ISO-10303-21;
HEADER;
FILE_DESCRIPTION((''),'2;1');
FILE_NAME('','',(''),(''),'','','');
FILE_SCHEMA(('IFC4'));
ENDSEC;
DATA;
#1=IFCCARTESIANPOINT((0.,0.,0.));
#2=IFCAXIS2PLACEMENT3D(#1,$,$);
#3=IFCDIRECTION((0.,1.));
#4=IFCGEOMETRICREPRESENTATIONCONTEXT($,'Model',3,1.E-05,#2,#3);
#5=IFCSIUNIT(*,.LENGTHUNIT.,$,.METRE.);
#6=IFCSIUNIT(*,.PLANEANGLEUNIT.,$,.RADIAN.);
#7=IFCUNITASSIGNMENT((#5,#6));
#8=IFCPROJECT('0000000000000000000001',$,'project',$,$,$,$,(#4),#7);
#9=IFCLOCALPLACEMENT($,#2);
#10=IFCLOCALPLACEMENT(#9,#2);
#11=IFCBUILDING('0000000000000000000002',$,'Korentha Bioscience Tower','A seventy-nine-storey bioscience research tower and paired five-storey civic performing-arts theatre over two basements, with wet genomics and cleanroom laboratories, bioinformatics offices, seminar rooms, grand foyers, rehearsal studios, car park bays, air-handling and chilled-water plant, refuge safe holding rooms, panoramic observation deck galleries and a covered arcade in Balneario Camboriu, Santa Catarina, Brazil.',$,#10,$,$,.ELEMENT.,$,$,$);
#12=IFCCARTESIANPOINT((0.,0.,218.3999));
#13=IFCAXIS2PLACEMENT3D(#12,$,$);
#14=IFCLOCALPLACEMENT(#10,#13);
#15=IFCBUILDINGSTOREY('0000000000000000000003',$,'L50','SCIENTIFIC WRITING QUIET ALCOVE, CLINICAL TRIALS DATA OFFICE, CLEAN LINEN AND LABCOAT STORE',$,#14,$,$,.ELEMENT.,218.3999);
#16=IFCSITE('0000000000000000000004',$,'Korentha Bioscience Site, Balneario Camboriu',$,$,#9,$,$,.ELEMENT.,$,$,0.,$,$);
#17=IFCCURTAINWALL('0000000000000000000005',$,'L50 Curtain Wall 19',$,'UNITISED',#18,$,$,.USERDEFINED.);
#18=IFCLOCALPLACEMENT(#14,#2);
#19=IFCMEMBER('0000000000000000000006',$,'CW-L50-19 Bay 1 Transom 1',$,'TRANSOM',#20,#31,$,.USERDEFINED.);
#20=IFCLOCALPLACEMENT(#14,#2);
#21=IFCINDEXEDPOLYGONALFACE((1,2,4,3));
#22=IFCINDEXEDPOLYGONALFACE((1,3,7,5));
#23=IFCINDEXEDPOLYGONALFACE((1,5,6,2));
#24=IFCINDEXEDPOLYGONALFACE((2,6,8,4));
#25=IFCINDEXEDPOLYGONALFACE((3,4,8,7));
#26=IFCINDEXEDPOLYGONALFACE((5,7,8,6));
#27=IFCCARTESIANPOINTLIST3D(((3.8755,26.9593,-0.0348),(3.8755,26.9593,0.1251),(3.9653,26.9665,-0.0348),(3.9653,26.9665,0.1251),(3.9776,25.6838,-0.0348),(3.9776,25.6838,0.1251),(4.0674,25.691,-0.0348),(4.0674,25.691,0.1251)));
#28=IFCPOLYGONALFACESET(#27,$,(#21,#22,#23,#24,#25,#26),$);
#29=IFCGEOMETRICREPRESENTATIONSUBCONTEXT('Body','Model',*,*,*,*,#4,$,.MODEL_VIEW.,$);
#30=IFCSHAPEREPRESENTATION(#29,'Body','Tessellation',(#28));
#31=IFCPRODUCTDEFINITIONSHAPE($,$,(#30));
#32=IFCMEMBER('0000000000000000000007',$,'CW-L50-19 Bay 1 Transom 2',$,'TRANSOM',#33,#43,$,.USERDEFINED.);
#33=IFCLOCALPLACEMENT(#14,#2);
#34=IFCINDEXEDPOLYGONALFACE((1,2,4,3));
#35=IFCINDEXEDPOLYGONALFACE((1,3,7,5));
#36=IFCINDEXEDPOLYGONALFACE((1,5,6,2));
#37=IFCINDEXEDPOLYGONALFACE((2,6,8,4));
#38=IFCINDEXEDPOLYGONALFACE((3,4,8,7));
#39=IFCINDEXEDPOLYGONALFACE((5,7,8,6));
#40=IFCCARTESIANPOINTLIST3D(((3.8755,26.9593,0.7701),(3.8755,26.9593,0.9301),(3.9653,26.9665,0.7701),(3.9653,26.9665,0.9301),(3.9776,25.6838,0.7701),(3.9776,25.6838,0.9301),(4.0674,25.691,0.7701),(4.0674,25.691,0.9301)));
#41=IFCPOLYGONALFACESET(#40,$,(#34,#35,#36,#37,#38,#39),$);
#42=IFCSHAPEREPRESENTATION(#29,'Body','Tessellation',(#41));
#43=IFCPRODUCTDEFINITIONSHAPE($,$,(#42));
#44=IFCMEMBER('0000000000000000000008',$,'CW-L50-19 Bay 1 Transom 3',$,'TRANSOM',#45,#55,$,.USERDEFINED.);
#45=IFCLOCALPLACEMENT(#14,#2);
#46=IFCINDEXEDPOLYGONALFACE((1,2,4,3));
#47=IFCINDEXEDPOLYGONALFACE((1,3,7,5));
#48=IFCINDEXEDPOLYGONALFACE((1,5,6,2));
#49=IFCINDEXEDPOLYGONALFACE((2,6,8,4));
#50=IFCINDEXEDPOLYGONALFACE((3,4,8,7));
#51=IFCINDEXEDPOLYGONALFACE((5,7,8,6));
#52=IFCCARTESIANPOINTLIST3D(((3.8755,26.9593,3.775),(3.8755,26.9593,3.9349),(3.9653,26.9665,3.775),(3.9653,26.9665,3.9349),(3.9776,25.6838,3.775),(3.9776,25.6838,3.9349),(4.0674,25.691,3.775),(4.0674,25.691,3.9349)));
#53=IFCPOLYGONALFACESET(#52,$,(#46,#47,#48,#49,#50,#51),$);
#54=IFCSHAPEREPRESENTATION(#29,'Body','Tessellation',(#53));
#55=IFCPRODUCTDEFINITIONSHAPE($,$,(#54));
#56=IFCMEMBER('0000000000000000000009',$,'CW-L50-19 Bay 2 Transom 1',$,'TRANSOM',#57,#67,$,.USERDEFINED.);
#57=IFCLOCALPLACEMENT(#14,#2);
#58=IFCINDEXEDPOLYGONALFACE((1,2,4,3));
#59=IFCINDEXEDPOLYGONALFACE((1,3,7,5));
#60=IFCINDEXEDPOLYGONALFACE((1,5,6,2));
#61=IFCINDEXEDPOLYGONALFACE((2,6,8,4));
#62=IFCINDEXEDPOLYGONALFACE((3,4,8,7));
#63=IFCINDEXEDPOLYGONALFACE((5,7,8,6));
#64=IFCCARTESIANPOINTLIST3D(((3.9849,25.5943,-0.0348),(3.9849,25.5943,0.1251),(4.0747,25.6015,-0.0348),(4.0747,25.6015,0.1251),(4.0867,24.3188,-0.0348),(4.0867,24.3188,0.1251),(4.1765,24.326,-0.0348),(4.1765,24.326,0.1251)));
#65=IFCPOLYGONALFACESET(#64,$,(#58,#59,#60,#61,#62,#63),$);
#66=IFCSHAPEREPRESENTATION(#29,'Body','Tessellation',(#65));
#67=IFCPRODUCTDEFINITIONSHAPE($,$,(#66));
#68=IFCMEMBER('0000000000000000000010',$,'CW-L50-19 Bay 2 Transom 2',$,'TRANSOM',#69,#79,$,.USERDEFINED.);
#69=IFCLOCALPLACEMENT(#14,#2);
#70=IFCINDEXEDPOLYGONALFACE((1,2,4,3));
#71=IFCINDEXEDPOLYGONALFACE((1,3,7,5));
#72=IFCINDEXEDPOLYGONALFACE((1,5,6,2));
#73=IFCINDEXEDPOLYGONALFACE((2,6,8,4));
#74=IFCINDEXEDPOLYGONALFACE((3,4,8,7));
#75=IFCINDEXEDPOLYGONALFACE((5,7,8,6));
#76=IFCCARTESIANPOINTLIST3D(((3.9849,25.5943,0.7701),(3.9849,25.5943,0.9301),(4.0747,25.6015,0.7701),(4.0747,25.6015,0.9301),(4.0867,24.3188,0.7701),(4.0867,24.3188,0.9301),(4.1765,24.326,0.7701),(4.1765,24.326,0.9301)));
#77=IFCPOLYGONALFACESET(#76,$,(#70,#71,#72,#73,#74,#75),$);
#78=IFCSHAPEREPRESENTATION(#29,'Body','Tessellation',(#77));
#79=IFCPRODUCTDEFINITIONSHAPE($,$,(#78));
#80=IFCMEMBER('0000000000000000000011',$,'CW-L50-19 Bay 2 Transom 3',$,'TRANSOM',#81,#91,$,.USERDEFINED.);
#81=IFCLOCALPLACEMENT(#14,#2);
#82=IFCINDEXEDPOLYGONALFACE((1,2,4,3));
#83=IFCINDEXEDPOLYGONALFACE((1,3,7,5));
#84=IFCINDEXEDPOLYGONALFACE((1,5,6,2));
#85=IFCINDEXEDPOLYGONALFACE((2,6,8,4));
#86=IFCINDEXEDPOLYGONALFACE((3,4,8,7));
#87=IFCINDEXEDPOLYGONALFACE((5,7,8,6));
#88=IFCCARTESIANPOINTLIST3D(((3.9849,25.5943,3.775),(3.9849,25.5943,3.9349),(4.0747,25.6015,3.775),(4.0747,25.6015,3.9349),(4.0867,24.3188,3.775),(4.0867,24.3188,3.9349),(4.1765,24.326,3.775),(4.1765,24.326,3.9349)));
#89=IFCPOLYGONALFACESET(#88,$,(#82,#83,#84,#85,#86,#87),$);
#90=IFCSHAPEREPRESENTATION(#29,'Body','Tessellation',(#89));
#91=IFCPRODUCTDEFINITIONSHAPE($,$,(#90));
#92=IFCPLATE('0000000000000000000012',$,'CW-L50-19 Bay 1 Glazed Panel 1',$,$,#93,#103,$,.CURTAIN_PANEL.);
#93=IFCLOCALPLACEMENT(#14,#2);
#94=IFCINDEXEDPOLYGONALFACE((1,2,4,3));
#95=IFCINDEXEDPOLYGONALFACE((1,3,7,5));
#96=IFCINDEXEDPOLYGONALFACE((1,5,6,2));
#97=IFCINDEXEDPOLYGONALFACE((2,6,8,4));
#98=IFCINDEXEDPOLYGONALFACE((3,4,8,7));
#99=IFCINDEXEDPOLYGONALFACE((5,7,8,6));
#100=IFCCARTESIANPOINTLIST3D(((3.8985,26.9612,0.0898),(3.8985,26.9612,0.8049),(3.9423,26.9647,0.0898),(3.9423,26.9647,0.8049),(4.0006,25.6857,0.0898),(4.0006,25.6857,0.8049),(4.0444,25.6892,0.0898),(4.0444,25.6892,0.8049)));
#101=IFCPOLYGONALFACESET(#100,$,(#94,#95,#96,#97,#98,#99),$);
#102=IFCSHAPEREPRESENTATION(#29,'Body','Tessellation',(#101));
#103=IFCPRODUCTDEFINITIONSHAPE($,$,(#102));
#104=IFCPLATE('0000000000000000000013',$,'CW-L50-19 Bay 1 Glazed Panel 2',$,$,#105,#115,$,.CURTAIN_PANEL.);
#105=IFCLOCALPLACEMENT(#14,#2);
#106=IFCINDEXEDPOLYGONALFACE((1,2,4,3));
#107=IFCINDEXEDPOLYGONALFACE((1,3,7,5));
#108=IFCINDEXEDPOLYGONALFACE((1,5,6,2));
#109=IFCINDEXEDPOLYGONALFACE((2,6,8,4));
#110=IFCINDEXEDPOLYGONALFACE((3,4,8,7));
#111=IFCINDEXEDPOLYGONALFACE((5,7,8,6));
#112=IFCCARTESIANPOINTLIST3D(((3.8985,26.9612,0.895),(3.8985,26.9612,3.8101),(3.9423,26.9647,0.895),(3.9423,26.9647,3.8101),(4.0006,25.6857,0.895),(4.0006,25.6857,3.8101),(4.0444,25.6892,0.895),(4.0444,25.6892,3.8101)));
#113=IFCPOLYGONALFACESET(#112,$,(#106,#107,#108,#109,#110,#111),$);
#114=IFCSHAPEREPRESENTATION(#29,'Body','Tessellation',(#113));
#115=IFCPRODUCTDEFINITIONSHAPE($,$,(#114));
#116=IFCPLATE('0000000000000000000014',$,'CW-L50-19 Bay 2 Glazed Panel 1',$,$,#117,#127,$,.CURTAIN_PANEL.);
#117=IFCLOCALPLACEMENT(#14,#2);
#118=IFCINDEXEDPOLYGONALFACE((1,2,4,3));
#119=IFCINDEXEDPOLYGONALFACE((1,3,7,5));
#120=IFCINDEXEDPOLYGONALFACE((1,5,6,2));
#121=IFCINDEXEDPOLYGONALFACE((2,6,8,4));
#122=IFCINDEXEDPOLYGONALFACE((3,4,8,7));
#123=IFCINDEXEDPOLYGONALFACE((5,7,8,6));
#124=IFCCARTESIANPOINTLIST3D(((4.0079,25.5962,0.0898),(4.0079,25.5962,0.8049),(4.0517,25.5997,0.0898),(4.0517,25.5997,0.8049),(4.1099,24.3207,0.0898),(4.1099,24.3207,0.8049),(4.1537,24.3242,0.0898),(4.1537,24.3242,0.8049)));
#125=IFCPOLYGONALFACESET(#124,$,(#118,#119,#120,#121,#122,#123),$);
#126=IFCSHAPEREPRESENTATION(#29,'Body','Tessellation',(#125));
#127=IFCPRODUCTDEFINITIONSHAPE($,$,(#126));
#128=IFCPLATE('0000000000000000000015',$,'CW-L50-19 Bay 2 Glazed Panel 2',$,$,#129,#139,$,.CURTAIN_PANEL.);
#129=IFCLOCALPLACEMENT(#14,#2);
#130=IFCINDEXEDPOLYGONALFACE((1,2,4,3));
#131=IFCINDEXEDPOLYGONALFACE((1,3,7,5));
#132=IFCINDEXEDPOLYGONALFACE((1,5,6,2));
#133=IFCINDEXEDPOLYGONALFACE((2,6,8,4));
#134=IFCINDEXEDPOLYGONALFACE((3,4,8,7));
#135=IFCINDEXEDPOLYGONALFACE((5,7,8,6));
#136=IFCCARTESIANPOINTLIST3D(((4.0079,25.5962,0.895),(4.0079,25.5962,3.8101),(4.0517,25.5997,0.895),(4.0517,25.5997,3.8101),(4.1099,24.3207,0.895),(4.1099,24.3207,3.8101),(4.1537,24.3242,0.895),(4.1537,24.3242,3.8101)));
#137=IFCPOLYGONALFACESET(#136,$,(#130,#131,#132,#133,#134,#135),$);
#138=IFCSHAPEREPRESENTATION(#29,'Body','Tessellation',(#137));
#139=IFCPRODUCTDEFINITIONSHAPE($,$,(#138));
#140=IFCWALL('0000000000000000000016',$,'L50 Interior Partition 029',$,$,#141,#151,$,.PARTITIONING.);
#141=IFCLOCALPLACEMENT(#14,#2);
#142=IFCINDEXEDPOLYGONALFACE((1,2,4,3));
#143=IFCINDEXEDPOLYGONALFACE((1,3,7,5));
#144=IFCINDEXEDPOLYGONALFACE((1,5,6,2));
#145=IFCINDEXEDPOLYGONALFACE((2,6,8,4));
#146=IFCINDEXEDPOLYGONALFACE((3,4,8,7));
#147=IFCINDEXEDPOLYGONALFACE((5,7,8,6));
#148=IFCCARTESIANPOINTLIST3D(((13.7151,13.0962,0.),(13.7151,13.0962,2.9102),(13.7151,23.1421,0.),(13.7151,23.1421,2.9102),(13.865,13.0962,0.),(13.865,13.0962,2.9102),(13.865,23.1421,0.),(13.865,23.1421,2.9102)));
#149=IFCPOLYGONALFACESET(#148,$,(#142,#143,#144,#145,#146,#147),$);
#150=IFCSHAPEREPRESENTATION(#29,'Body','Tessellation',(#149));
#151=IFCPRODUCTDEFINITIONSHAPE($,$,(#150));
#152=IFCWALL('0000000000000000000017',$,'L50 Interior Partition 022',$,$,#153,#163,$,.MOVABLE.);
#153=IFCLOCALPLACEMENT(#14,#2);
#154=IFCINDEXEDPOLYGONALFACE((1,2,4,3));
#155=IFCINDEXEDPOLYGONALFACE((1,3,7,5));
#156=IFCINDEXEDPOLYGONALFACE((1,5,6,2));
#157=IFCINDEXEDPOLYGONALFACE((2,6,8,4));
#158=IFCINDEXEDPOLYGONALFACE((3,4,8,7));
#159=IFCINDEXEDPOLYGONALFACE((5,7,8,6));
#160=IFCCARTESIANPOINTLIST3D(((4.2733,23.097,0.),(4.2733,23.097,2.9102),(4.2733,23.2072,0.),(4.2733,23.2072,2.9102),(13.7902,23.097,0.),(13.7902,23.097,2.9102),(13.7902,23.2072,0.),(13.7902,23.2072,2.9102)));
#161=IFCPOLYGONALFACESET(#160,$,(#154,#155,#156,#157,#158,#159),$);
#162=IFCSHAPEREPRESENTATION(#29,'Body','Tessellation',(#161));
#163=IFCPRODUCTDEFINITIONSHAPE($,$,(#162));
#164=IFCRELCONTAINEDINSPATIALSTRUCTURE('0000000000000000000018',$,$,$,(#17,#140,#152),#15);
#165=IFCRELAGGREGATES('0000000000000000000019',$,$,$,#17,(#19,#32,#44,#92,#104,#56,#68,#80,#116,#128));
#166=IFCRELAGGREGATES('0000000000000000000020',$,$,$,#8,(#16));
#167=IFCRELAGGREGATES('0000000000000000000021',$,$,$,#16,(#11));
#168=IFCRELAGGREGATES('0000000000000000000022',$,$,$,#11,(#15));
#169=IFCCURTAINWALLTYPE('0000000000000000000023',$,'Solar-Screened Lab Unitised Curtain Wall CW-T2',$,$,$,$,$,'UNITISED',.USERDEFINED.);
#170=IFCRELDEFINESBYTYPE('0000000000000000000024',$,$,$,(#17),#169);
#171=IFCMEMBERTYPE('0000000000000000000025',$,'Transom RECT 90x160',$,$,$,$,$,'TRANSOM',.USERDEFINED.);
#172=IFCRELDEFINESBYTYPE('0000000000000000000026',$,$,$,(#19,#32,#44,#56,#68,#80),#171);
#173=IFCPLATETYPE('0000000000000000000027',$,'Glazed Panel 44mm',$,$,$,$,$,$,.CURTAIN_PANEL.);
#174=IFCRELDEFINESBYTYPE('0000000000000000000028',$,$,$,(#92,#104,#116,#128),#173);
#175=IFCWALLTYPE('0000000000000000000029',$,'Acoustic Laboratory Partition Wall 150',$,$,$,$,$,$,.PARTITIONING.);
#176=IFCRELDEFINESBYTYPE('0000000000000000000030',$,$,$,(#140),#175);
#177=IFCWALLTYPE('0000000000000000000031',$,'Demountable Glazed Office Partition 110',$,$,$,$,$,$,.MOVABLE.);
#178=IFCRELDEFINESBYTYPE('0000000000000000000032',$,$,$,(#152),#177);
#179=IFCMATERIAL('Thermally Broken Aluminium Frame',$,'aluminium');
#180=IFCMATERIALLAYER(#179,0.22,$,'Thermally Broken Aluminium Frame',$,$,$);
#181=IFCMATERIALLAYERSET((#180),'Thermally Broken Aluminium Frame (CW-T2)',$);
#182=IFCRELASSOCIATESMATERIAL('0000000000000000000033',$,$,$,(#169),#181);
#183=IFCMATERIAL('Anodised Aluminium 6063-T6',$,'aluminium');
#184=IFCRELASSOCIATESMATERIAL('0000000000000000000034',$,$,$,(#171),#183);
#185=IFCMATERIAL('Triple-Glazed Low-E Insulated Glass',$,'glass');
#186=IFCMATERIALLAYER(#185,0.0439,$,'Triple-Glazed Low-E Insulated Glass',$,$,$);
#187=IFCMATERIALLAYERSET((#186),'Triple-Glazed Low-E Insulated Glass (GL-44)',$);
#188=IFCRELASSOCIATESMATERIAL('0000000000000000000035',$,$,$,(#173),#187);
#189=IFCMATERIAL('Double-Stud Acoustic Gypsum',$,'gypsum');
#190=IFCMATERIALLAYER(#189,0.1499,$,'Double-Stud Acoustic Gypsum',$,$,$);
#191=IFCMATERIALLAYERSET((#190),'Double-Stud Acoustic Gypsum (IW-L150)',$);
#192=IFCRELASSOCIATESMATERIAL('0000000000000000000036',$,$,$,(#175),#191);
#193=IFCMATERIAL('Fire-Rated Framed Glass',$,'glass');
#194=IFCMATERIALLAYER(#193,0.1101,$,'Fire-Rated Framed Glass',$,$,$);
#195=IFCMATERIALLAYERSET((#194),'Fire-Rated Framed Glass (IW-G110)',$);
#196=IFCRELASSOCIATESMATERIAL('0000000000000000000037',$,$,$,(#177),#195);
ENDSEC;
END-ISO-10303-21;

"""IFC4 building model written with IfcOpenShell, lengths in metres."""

from ifc_helpers import new_model, si_unit, direction, frame, frame_2d, origin, origin_2d, place, context, subcontext, project, spatial, rectangle, extrude, material, layer, layer_set, material_profile, profile_set, type_object, element, aggregate, save


model = new_model("IFC4")

# Units and contexts
model_context = context("Model", 3, precision=1e-05, world=origin(), true_north=direction((0.0, 1.0)))
body_context = subcontext(model_context, "Body", "Model", "MODEL_VIEW")
ifc_project = project(units=[si_unit("LENGTHUNIT", "METRE"), si_unit("PLANEANGLEUNIT", "RADIAN")], contexts=[model_context])

# Site, building, storey
site_placement = place(None, origin())
site = spatial("IfcSite", under=ifc_project, at=site_placement, Name="Korentha Bioscience Site, Balneario Camboriu", CompositionType="ELEMENT", RefElevation=0.0)
building_placement = place(site_placement, origin())
building = spatial("IfcBuilding", under=site, at=building_placement, Name="Korentha Bioscience Tower", Description="A seventy-nine-storey bioscience research tower and paired five-storey civic performing-arts theatre over two basements, with wet genomics and cleanroom laboratories, bioinformatics offices, seminar rooms, grand foyers, rehearsal studios, car park bays, air-handling and chilled-water plant, refuge safe holding rooms, panoramic observation deck galleries and a covered arcade in Balneario Camboriu, Santa Catarina, Brazil.", CompositionType="ELEMENT")
storey_placement = place(building_placement, frame((0.0, 0.0, 218.3999)))
storey = spatial("IfcBuildingStorey", under=building, at=storey_placement, Name="L50", Description="SCIENTIFIC WRITING QUIET ALCOVE, CLINICAL TRIALS DATA OFFICE, CLEAN LINEN AND LABCOAT STORE", CompositionType="ELEMENT", Elevation=218.3999)

# Curtain wall
ifc_material_1 = material(Name="Thermally Broken Aluminium Frame", Category="aluminium")
ifc_layer_1 = layer(ifc_material_1, 0.22, Name="Thermally Broken Aluminium Frame")
ifc_layer_set_1 = layer_set([ifc_layer_1], Name="Thermally Broken Aluminium Frame (CW-T2)")
curtain_wall_type = type_object("IfcCurtainWallType", Name="Solar-Screened Lab Unitised Curtain Wall CW-T2", ElementType="UNITISED", PredefinedType="USERDEFINED", material=ifc_layer_set_1)
curtain_wall_1_placement = place(storey_placement, origin())
curtain_wall_1 = element("IfcCurtainWall", 1, at=curtain_wall_1_placement, inside=storey, type_object=curtain_wall_type, Name="L50 Curtain Wall 19", ObjectType="UNITISED", PredefinedType="USERDEFINED")
ifc_material_2 = material(Name="Anodised Aluminium 6063-T6", Category="aluminium")

# Members
ifc_material_profile_1 = material_profile(ifc_material_2, rectangle(XDim=0.0901, YDim=0.1599, at=origin_2d()), Name="Anodised Aluminium 6063-T6")
ifc_profile_set_1 = profile_set([ifc_material_profile_1], Name="Anodised Aluminium 6063-T6 (CW-TRN)")
member_type_1 = type_object("IfcMemberType", Name="Transom RECT 90x160", ElementType="TRANSOM", PredefinedType="USERDEFINED", material=ifc_profile_set_1)
member_1_placement = place(storey_placement, frame((3.9204, 26.9629, 0.0452), z_axis=(0.07976, -0.996814, 0.0), x_axis=(0.996814, 0.07976, 0.0)))
member_1 = element("IfcMember", 2, at=member_1_placement, type_object=member_type_1, Name="CW-L50-19 Bay 1 Transom 1", ObjectType="TRANSOM", PredefinedType="USERDEFINED", context=body_context, shape_type="SweptSolid", body=[
    extrude(rectangle(XDim=0.0901, YDim=0.1599, at=origin_2d()), origin(), (0.0, 0.0, 1.0), 1.2795),
])
member_2_placement = place(storey_placement, frame((3.9204, 26.9629, 0.8501), z_axis=(0.07976, -0.996814, 0.0), x_axis=(0.996814, 0.07976, 0.0)))
member_2 = element("IfcMember", 3, at=member_2_placement, type_object=member_type_1, Name="CW-L50-19 Bay 1 Transom 2", ObjectType="TRANSOM", PredefinedType="USERDEFINED", context=body_context, shape_type="SweptSolid", body=[
    extrude(rectangle(XDim=0.0901, YDim=0.1599, at=origin_2d()), origin(), (0.0, 0.0, 1.0), 1.2795),
])
member_3_placement = place(storey_placement, frame((3.9204, 26.9629, 3.855), z_axis=(0.07976, -0.996814, 0.0), x_axis=(0.996814, 0.07976, 0.0)))
member_3 = element("IfcMember", 4, at=member_3_placement, type_object=member_type_1, Name="CW-L50-19 Bay 1 Transom 3", ObjectType="TRANSOM", PredefinedType="USERDEFINED", context=body_context, shape_type="SweptSolid", body=[
    extrude(rectangle(XDim=0.0901, YDim=0.1599, at=origin_2d()), origin(), (0.0, 0.0, 1.0), 1.2795),
])
member_4_placement = place(storey_placement, frame((4.0298, 25.5979, 0.0452), z_axis=(0.079571, -0.996829, 0.0), x_axis=(0.996829, 0.079571, 0.0)))
member_4 = element("IfcMember", 5, at=member_4_placement, type_object=member_type_1, Name="CW-L50-19 Bay 2 Transom 1", ObjectType="TRANSOM", PredefinedType="USERDEFINED", context=body_context, shape_type="SweptSolid", body=[
    extrude(rectangle(XDim=0.0901, YDim=0.1599, at=origin_2d()), origin(), (0.0, 0.0, 1.0), 1.2795),
])
member_5_placement = place(storey_placement, frame((4.0298, 25.5979, 0.8501), z_axis=(0.079571, -0.996829, 0.0), x_axis=(0.996829, 0.079571, 0.0)))
member_5 = element("IfcMember", 6, at=member_5_placement, type_object=member_type_1, Name="CW-L50-19 Bay 2 Transom 2", ObjectType="TRANSOM", PredefinedType="USERDEFINED", context=body_context, shape_type="SweptSolid", body=[
    extrude(rectangle(XDim=0.0901, YDim=0.1599, at=origin_2d()), origin(), (0.0, 0.0, 1.0), 1.2795),
])
member_6_placement = place(storey_placement, frame((4.0298, 25.5979, 3.855), z_axis=(0.079571, -0.996829, 0.0), x_axis=(0.996829, 0.079571, 0.0)))
member_6 = element("IfcMember", 7, at=member_6_placement, type_object=member_type_1, Name="CW-L50-19 Bay 2 Transom 3", ObjectType="TRANSOM", PredefinedType="USERDEFINED", context=body_context, shape_type="SweptSolid", body=[
    extrude(rectangle(XDim=0.0901, YDim=0.1599, at=origin_2d()), origin(), (0.0, 0.0, 1.0), 1.2795),
])

# Plates
ifc_material_3 = material(Name="Triple-Glazed Low-E Insulated Glass", Category="glass")
ifc_layer_2 = layer(ifc_material_3, 0.0439, Name="Triple-Glazed Low-E Insulated Glass")
ifc_layer_set_2 = layer_set([ifc_layer_2], Name="Triple-Glazed Low-E Insulated Glass (GL-44)")
plate_type = type_object("IfcPlateType", Name="Glazed Panel 44mm", PredefinedType="CURTAIN_PANEL", material=ifc_layer_set_2)
plate_1_placement = place(storey_placement, frame((3.9714, 26.3252, 0.0898), z_axis=(0.0, 0.0, 1.0), x_axis=(0.079748, -0.996815, 0.0)))
plate_1 = element("IfcPlate", 8, at=plate_1_placement, type_object=plate_type, Name="CW-L50-19 Bay 1 Glazed Panel 1", PredefinedType="CURTAIN_PANEL", context=body_context, shape_type="SweptSolid", body=[
    extrude(rectangle(XDim=1.2795, YDim=0.0439, at=origin_2d()), origin(), (0.0, 0.0, 1.0), 0.7151),
])
plate_2_placement = place(storey_placement, frame((3.9714, 26.3252, 0.895), z_axis=(0.0, 0.0, 1.0), x_axis=(0.079748, -0.996815, 0.0)))
plate_2 = element("IfcPlate", 9, at=plate_2_placement, type_object=plate_type, Name="CW-L50-19 Bay 1 Glazed Panel 2", PredefinedType="CURTAIN_PANEL", context=body_context, shape_type="SweptSolid", body=[
    extrude(rectangle(XDim=1.2795, YDim=0.0439, at=origin_2d()), origin(), (0.0, 0.0, 1.0), 2.915),
])
plate_3_placement = place(storey_placement, frame((4.0808, 24.9602, 0.0898), z_axis=(0.0, 0.0, 1.0), x_axis=(0.079748, -0.996815, 0.0)))
plate_3 = element("IfcPlate", 10, at=plate_3_placement, type_object=plate_type, Name="CW-L50-19 Bay 2 Glazed Panel 1", PredefinedType="CURTAIN_PANEL", context=body_context, shape_type="SweptSolid", body=[
    extrude(rectangle(XDim=1.2795, YDim=0.0439, at=origin_2d()), origin(), (0.0, 0.0, 1.0), 0.7151),
])
plate_4_placement = place(storey_placement, frame((4.0808, 24.9602, 0.895), z_axis=(0.0, 0.0, 1.0), x_axis=(0.079748, -0.996815, 0.0)))
plate_4 = element("IfcPlate", 11, at=plate_4_placement, type_object=plate_type, Name="CW-L50-19 Bay 2 Glazed Panel 2", PredefinedType="CURTAIN_PANEL", context=body_context, shape_type="SweptSolid", body=[
    extrude(rectangle(XDim=1.2795, YDim=0.0439, at=origin_2d()), origin(), (0.0, 0.0, 1.0), 2.915),
])
aggregate(curtain_wall_1, [member_1, member_2, member_3, plate_1, plate_2, member_4, member_5, member_6, plate_3, plate_4])

# Walls
ifc_material_4 = material(Name="Double-Stud Acoustic Gypsum", Category="gypsum")
ifc_layer_3 = layer(ifc_material_4, 0.1499, Name="Double-Stud Acoustic Gypsum")
ifc_layer_set_3 = layer_set([ifc_layer_3], Name="Double-Stud Acoustic Gypsum (IW-L150)")
wall_type_1 = type_object("IfcWallType", Name="Acoustic Laboratory Partition Wall 150", PredefinedType="PARTITIONING", material=ifc_layer_set_3)
wall_1_placement = place(storey_placement, frame((13.79, 23.1421, 0.0), z_axis=(0.0, 0.0, 1.0), x_axis=(0.0, -1.0, 0.0)))
element("IfcWall", 12, at=wall_1_placement, inside=storey, type_object=wall_type_1, Name="L50 Interior Partition 029", PredefinedType="PARTITIONING", context=body_context, shape_type="SweptSolid", body=[
    extrude(rectangle(XDim=10.0459, YDim=0.1499, at=frame_2d((5.0229, 0.0))), origin(), (0.0, 0.0, 1.0), 2.9102),
])
ifc_material_5 = material(Name="Fire-Rated Framed Glass", Category="glass")
ifc_layer_4 = layer(ifc_material_5, 0.1101, Name="Fire-Rated Framed Glass")
ifc_layer_set_4 = layer_set([ifc_layer_4], Name="Fire-Rated Framed Glass (IW-G110)")
wall_type_2 = type_object("IfcWallType", Name="Demountable Glazed Office Partition 110", PredefinedType="MOVABLE", material=ifc_layer_set_4)
wall_2_placement = place(storey_placement, frame((13.79, 23.1521, 0.0), z_axis=(0.0, 0.0, 1.0), x_axis=(-1.0, 0.0, 0.0)))
element("IfcWall", 13, at=wall_2_placement, inside=storey, type_object=wall_type_2, Name="L50 Interior Partition 022", PredefinedType="MOVABLE", context=body_context, shape_type="SweptSolid", body=[
    extrude(rectangle(XDim=9.5168, YDim=0.1101, at=frame_2d((4.7583, 0.0))), origin(), (0.0, 0.0, 1.0), 2.9102),
])

save(model, "model.ifc")
